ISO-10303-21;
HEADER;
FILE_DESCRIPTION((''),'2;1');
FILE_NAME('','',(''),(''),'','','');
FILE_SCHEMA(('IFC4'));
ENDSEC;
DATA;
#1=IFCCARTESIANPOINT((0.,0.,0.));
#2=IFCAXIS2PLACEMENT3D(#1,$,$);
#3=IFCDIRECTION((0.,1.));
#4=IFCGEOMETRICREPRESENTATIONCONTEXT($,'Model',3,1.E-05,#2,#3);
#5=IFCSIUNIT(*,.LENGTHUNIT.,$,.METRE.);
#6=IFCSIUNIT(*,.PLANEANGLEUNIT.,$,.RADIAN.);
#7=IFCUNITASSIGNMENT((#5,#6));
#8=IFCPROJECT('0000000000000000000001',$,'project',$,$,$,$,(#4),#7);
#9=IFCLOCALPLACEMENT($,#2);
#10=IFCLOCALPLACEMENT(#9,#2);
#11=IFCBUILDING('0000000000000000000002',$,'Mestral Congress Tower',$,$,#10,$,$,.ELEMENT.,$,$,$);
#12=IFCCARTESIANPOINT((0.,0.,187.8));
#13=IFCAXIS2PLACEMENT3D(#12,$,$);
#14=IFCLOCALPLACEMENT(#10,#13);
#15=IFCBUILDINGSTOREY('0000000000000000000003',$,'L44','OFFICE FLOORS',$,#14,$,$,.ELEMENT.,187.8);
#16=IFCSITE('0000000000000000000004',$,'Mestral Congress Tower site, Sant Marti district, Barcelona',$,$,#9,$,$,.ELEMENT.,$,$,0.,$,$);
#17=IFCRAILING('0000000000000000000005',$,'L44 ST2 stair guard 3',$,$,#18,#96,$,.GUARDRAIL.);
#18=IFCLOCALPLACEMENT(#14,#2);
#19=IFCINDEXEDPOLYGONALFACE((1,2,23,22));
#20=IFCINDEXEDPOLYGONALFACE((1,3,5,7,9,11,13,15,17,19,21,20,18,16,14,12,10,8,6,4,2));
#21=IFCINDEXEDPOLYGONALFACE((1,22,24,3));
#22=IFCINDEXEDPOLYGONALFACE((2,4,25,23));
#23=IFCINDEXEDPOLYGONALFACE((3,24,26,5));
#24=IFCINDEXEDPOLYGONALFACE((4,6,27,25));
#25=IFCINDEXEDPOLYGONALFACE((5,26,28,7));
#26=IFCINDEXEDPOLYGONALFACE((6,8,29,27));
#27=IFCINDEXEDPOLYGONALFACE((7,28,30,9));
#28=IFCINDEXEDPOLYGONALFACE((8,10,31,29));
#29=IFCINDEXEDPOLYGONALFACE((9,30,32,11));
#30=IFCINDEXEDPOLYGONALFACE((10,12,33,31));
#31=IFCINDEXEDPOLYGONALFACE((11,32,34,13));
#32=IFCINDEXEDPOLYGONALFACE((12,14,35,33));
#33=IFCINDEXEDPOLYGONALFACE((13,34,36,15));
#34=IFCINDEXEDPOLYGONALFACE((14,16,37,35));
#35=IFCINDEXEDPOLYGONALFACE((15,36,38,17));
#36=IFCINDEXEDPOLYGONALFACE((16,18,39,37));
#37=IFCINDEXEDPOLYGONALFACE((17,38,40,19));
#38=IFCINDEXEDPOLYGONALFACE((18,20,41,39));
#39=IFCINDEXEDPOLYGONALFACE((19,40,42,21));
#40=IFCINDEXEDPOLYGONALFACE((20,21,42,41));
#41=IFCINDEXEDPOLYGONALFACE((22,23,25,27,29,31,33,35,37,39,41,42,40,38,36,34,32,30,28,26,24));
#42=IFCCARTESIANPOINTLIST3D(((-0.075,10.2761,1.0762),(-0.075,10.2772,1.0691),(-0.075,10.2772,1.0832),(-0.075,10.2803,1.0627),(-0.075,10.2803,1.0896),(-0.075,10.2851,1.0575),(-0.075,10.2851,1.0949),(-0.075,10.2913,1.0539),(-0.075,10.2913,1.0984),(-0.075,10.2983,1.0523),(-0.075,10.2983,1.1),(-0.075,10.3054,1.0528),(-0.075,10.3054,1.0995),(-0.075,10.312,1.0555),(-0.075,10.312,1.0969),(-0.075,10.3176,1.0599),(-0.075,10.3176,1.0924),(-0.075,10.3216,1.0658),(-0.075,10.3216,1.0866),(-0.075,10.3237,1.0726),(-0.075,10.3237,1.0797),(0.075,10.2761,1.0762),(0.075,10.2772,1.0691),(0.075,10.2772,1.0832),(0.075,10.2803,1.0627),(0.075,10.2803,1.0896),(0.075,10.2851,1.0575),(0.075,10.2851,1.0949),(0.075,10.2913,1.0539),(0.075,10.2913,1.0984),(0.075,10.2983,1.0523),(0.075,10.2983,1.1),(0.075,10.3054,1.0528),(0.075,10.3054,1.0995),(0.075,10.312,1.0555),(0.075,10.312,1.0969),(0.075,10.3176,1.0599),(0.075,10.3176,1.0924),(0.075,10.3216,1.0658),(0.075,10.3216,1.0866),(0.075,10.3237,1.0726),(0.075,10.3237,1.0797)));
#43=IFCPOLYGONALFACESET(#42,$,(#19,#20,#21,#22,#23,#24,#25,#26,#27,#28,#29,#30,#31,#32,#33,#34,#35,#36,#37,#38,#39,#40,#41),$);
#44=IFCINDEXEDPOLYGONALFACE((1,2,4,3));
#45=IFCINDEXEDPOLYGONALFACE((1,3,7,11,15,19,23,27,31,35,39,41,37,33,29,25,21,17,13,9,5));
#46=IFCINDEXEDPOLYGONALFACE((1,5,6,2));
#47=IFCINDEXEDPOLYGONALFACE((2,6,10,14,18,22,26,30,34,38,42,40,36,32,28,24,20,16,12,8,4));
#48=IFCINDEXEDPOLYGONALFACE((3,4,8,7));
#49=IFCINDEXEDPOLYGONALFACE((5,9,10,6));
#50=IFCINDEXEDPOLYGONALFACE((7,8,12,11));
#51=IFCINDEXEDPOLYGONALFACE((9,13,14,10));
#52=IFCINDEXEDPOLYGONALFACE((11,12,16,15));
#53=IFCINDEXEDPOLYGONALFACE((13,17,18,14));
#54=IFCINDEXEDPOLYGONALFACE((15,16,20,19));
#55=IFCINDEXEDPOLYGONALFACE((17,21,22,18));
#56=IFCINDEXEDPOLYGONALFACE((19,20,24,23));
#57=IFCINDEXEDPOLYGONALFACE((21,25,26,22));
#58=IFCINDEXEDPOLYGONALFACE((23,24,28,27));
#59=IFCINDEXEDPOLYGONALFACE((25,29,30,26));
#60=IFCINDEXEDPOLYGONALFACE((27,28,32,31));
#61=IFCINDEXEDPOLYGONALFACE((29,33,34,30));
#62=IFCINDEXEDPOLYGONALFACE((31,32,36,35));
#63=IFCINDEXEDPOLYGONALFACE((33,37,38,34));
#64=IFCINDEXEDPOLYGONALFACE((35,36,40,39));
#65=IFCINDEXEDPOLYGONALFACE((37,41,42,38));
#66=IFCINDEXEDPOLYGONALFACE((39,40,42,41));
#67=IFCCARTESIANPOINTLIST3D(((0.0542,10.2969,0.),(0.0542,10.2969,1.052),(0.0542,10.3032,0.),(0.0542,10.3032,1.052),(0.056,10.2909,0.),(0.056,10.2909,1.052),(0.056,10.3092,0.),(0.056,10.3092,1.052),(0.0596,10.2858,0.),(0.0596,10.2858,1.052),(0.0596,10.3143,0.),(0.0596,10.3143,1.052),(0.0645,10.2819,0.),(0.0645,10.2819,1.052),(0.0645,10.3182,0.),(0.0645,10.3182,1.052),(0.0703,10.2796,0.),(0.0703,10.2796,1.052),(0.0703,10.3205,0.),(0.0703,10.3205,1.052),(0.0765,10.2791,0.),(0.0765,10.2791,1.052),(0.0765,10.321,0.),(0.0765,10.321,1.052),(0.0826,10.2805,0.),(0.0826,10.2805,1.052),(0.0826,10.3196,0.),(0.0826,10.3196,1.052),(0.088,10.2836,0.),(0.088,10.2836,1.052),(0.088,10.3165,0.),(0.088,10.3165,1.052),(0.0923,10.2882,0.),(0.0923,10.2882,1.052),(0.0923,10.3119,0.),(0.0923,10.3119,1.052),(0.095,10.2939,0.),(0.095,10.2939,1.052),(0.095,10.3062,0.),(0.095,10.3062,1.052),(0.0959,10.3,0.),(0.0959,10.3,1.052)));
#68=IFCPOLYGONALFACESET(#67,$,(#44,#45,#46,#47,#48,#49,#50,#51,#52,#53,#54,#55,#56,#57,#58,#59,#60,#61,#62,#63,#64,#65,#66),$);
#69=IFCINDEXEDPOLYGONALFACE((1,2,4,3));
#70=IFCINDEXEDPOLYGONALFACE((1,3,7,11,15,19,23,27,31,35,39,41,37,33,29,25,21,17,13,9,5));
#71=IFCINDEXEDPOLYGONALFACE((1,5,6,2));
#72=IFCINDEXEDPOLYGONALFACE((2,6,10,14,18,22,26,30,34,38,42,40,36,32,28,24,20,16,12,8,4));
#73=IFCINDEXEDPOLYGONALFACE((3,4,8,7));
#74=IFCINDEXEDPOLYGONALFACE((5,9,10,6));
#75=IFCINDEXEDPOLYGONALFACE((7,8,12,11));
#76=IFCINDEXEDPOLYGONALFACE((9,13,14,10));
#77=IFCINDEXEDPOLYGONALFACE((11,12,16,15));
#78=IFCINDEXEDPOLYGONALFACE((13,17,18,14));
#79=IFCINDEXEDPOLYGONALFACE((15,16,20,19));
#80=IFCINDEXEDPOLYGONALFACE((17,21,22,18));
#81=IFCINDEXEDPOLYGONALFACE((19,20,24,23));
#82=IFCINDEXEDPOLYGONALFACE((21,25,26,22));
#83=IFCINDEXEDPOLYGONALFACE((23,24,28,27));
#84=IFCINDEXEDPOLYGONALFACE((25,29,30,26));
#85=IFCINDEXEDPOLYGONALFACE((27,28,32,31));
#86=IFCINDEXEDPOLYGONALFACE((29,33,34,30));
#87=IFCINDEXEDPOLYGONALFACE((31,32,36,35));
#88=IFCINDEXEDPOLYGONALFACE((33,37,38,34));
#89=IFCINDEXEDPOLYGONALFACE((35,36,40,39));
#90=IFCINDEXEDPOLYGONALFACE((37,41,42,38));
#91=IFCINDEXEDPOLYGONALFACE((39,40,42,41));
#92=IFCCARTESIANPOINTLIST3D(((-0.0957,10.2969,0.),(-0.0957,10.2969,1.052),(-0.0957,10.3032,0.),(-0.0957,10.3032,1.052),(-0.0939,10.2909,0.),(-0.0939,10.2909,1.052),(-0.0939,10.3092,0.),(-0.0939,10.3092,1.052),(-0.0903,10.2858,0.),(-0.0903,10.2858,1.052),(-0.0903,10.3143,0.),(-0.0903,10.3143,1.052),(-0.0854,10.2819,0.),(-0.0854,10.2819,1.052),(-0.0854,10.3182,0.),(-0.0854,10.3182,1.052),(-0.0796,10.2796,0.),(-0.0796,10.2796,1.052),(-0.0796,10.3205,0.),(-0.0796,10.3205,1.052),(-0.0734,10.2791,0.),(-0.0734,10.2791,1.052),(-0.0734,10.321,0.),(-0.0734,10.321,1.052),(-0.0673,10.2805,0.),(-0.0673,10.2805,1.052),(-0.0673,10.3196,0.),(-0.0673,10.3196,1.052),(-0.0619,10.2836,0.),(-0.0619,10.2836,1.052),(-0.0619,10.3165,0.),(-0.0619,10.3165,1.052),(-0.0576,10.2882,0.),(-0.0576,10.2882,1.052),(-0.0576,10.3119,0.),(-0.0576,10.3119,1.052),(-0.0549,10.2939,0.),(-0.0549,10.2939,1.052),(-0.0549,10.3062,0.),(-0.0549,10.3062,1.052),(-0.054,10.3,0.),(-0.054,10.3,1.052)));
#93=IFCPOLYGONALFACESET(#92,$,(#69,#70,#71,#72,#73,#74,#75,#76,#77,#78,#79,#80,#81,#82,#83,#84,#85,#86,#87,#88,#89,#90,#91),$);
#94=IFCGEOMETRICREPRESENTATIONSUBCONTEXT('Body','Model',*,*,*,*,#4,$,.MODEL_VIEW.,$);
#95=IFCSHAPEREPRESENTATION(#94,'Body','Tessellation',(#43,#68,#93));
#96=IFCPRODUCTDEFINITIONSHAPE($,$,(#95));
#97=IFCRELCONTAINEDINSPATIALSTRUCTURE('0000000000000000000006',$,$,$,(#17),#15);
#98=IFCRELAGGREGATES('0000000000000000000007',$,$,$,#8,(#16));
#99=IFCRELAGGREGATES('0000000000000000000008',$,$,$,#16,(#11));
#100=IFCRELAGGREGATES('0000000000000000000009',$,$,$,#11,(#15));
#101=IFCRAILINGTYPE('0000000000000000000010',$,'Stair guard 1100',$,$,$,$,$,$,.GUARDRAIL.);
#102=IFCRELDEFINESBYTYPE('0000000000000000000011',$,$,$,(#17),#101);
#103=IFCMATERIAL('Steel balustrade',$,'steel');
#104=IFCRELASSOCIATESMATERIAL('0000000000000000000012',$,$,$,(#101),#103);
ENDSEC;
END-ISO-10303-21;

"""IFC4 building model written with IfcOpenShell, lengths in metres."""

from ifc_helpers import new_model, si_unit, direction, frame, origin, origin_2d, place, context, subcontext, project, spatial, circle, extrude, material, type_object, element, save


model = new_model("IFC4")

# Units and contexts
model_context = context("Model", 3, precision=1e-05, world=origin(), true_north=direction((0.0, 1.0)))
body_context = subcontext(model_context, "Body", "Model", "MODEL_VIEW")
ifc_project = project(units=[si_unit("LENGTHUNIT", "METRE"), si_unit("PLANEANGLEUNIT", "RADIAN")], contexts=[model_context])

# Site, building, storey
site_placement = place(None, origin())
site = spatial("IfcSite", under=ifc_project, at=site_placement, Name="Mestral Congress Tower site, Sant Marti district, Barcelona", CompositionType="ELEMENT", RefElevation=0.0)
building_placement = place(site_placement, origin())
building = spatial("IfcBuilding", under=site, at=building_placement, Name="Mestral Congress Tower", CompositionType="ELEMENT")
storey_placement = place(building_placement, frame((0.0, 0.0, 187.8)))
storey = spatial("IfcBuildingStorey", under=building, at=storey_placement, Name="L44", Description="OFFICE FLOORS", CompositionType="ELEMENT", Elevation=187.8)

# Railing
ifc_material_1 = material(Name="Steel balustrade", Category="steel")
railing_type_1 = type_object("IfcRailingType", Name="Stair guard 1100", PredefinedType="GUARDRAIL", material=ifc_material_1)
railing_1_placement = place(storey_placement, frame((0.075, 10.3, 0.0)))
element("IfcRailing", 1, at=railing_1_placement, inside=storey, type_object=railing_type_1, Name="L44 ST2 stair guard 3", PredefinedType="GUARDRAIL", context=body_context, shape_type="SweptSolid", body=[
    extrude(circle(Radius=0.0239, at=origin_2d()), frame((0.0, 0.0, 1.0762), z_axis=(-1.0, 0.0, 0.0), x_axis=(0.0, -1.0, 0.0)), (0.0, 0.0, 1.0), 0.1499),
    extrude(circle(Radius=0.021, at=origin_2d()), origin(), (0.0, 0.0, 1.0), 1.052),
    extrude(circle(Radius=0.021, at=origin_2d()), frame((-0.1499, 0.0, 0.0)), (0.0, 0.0, 1.0), 1.052),
])

save(model, "model.ifc")
